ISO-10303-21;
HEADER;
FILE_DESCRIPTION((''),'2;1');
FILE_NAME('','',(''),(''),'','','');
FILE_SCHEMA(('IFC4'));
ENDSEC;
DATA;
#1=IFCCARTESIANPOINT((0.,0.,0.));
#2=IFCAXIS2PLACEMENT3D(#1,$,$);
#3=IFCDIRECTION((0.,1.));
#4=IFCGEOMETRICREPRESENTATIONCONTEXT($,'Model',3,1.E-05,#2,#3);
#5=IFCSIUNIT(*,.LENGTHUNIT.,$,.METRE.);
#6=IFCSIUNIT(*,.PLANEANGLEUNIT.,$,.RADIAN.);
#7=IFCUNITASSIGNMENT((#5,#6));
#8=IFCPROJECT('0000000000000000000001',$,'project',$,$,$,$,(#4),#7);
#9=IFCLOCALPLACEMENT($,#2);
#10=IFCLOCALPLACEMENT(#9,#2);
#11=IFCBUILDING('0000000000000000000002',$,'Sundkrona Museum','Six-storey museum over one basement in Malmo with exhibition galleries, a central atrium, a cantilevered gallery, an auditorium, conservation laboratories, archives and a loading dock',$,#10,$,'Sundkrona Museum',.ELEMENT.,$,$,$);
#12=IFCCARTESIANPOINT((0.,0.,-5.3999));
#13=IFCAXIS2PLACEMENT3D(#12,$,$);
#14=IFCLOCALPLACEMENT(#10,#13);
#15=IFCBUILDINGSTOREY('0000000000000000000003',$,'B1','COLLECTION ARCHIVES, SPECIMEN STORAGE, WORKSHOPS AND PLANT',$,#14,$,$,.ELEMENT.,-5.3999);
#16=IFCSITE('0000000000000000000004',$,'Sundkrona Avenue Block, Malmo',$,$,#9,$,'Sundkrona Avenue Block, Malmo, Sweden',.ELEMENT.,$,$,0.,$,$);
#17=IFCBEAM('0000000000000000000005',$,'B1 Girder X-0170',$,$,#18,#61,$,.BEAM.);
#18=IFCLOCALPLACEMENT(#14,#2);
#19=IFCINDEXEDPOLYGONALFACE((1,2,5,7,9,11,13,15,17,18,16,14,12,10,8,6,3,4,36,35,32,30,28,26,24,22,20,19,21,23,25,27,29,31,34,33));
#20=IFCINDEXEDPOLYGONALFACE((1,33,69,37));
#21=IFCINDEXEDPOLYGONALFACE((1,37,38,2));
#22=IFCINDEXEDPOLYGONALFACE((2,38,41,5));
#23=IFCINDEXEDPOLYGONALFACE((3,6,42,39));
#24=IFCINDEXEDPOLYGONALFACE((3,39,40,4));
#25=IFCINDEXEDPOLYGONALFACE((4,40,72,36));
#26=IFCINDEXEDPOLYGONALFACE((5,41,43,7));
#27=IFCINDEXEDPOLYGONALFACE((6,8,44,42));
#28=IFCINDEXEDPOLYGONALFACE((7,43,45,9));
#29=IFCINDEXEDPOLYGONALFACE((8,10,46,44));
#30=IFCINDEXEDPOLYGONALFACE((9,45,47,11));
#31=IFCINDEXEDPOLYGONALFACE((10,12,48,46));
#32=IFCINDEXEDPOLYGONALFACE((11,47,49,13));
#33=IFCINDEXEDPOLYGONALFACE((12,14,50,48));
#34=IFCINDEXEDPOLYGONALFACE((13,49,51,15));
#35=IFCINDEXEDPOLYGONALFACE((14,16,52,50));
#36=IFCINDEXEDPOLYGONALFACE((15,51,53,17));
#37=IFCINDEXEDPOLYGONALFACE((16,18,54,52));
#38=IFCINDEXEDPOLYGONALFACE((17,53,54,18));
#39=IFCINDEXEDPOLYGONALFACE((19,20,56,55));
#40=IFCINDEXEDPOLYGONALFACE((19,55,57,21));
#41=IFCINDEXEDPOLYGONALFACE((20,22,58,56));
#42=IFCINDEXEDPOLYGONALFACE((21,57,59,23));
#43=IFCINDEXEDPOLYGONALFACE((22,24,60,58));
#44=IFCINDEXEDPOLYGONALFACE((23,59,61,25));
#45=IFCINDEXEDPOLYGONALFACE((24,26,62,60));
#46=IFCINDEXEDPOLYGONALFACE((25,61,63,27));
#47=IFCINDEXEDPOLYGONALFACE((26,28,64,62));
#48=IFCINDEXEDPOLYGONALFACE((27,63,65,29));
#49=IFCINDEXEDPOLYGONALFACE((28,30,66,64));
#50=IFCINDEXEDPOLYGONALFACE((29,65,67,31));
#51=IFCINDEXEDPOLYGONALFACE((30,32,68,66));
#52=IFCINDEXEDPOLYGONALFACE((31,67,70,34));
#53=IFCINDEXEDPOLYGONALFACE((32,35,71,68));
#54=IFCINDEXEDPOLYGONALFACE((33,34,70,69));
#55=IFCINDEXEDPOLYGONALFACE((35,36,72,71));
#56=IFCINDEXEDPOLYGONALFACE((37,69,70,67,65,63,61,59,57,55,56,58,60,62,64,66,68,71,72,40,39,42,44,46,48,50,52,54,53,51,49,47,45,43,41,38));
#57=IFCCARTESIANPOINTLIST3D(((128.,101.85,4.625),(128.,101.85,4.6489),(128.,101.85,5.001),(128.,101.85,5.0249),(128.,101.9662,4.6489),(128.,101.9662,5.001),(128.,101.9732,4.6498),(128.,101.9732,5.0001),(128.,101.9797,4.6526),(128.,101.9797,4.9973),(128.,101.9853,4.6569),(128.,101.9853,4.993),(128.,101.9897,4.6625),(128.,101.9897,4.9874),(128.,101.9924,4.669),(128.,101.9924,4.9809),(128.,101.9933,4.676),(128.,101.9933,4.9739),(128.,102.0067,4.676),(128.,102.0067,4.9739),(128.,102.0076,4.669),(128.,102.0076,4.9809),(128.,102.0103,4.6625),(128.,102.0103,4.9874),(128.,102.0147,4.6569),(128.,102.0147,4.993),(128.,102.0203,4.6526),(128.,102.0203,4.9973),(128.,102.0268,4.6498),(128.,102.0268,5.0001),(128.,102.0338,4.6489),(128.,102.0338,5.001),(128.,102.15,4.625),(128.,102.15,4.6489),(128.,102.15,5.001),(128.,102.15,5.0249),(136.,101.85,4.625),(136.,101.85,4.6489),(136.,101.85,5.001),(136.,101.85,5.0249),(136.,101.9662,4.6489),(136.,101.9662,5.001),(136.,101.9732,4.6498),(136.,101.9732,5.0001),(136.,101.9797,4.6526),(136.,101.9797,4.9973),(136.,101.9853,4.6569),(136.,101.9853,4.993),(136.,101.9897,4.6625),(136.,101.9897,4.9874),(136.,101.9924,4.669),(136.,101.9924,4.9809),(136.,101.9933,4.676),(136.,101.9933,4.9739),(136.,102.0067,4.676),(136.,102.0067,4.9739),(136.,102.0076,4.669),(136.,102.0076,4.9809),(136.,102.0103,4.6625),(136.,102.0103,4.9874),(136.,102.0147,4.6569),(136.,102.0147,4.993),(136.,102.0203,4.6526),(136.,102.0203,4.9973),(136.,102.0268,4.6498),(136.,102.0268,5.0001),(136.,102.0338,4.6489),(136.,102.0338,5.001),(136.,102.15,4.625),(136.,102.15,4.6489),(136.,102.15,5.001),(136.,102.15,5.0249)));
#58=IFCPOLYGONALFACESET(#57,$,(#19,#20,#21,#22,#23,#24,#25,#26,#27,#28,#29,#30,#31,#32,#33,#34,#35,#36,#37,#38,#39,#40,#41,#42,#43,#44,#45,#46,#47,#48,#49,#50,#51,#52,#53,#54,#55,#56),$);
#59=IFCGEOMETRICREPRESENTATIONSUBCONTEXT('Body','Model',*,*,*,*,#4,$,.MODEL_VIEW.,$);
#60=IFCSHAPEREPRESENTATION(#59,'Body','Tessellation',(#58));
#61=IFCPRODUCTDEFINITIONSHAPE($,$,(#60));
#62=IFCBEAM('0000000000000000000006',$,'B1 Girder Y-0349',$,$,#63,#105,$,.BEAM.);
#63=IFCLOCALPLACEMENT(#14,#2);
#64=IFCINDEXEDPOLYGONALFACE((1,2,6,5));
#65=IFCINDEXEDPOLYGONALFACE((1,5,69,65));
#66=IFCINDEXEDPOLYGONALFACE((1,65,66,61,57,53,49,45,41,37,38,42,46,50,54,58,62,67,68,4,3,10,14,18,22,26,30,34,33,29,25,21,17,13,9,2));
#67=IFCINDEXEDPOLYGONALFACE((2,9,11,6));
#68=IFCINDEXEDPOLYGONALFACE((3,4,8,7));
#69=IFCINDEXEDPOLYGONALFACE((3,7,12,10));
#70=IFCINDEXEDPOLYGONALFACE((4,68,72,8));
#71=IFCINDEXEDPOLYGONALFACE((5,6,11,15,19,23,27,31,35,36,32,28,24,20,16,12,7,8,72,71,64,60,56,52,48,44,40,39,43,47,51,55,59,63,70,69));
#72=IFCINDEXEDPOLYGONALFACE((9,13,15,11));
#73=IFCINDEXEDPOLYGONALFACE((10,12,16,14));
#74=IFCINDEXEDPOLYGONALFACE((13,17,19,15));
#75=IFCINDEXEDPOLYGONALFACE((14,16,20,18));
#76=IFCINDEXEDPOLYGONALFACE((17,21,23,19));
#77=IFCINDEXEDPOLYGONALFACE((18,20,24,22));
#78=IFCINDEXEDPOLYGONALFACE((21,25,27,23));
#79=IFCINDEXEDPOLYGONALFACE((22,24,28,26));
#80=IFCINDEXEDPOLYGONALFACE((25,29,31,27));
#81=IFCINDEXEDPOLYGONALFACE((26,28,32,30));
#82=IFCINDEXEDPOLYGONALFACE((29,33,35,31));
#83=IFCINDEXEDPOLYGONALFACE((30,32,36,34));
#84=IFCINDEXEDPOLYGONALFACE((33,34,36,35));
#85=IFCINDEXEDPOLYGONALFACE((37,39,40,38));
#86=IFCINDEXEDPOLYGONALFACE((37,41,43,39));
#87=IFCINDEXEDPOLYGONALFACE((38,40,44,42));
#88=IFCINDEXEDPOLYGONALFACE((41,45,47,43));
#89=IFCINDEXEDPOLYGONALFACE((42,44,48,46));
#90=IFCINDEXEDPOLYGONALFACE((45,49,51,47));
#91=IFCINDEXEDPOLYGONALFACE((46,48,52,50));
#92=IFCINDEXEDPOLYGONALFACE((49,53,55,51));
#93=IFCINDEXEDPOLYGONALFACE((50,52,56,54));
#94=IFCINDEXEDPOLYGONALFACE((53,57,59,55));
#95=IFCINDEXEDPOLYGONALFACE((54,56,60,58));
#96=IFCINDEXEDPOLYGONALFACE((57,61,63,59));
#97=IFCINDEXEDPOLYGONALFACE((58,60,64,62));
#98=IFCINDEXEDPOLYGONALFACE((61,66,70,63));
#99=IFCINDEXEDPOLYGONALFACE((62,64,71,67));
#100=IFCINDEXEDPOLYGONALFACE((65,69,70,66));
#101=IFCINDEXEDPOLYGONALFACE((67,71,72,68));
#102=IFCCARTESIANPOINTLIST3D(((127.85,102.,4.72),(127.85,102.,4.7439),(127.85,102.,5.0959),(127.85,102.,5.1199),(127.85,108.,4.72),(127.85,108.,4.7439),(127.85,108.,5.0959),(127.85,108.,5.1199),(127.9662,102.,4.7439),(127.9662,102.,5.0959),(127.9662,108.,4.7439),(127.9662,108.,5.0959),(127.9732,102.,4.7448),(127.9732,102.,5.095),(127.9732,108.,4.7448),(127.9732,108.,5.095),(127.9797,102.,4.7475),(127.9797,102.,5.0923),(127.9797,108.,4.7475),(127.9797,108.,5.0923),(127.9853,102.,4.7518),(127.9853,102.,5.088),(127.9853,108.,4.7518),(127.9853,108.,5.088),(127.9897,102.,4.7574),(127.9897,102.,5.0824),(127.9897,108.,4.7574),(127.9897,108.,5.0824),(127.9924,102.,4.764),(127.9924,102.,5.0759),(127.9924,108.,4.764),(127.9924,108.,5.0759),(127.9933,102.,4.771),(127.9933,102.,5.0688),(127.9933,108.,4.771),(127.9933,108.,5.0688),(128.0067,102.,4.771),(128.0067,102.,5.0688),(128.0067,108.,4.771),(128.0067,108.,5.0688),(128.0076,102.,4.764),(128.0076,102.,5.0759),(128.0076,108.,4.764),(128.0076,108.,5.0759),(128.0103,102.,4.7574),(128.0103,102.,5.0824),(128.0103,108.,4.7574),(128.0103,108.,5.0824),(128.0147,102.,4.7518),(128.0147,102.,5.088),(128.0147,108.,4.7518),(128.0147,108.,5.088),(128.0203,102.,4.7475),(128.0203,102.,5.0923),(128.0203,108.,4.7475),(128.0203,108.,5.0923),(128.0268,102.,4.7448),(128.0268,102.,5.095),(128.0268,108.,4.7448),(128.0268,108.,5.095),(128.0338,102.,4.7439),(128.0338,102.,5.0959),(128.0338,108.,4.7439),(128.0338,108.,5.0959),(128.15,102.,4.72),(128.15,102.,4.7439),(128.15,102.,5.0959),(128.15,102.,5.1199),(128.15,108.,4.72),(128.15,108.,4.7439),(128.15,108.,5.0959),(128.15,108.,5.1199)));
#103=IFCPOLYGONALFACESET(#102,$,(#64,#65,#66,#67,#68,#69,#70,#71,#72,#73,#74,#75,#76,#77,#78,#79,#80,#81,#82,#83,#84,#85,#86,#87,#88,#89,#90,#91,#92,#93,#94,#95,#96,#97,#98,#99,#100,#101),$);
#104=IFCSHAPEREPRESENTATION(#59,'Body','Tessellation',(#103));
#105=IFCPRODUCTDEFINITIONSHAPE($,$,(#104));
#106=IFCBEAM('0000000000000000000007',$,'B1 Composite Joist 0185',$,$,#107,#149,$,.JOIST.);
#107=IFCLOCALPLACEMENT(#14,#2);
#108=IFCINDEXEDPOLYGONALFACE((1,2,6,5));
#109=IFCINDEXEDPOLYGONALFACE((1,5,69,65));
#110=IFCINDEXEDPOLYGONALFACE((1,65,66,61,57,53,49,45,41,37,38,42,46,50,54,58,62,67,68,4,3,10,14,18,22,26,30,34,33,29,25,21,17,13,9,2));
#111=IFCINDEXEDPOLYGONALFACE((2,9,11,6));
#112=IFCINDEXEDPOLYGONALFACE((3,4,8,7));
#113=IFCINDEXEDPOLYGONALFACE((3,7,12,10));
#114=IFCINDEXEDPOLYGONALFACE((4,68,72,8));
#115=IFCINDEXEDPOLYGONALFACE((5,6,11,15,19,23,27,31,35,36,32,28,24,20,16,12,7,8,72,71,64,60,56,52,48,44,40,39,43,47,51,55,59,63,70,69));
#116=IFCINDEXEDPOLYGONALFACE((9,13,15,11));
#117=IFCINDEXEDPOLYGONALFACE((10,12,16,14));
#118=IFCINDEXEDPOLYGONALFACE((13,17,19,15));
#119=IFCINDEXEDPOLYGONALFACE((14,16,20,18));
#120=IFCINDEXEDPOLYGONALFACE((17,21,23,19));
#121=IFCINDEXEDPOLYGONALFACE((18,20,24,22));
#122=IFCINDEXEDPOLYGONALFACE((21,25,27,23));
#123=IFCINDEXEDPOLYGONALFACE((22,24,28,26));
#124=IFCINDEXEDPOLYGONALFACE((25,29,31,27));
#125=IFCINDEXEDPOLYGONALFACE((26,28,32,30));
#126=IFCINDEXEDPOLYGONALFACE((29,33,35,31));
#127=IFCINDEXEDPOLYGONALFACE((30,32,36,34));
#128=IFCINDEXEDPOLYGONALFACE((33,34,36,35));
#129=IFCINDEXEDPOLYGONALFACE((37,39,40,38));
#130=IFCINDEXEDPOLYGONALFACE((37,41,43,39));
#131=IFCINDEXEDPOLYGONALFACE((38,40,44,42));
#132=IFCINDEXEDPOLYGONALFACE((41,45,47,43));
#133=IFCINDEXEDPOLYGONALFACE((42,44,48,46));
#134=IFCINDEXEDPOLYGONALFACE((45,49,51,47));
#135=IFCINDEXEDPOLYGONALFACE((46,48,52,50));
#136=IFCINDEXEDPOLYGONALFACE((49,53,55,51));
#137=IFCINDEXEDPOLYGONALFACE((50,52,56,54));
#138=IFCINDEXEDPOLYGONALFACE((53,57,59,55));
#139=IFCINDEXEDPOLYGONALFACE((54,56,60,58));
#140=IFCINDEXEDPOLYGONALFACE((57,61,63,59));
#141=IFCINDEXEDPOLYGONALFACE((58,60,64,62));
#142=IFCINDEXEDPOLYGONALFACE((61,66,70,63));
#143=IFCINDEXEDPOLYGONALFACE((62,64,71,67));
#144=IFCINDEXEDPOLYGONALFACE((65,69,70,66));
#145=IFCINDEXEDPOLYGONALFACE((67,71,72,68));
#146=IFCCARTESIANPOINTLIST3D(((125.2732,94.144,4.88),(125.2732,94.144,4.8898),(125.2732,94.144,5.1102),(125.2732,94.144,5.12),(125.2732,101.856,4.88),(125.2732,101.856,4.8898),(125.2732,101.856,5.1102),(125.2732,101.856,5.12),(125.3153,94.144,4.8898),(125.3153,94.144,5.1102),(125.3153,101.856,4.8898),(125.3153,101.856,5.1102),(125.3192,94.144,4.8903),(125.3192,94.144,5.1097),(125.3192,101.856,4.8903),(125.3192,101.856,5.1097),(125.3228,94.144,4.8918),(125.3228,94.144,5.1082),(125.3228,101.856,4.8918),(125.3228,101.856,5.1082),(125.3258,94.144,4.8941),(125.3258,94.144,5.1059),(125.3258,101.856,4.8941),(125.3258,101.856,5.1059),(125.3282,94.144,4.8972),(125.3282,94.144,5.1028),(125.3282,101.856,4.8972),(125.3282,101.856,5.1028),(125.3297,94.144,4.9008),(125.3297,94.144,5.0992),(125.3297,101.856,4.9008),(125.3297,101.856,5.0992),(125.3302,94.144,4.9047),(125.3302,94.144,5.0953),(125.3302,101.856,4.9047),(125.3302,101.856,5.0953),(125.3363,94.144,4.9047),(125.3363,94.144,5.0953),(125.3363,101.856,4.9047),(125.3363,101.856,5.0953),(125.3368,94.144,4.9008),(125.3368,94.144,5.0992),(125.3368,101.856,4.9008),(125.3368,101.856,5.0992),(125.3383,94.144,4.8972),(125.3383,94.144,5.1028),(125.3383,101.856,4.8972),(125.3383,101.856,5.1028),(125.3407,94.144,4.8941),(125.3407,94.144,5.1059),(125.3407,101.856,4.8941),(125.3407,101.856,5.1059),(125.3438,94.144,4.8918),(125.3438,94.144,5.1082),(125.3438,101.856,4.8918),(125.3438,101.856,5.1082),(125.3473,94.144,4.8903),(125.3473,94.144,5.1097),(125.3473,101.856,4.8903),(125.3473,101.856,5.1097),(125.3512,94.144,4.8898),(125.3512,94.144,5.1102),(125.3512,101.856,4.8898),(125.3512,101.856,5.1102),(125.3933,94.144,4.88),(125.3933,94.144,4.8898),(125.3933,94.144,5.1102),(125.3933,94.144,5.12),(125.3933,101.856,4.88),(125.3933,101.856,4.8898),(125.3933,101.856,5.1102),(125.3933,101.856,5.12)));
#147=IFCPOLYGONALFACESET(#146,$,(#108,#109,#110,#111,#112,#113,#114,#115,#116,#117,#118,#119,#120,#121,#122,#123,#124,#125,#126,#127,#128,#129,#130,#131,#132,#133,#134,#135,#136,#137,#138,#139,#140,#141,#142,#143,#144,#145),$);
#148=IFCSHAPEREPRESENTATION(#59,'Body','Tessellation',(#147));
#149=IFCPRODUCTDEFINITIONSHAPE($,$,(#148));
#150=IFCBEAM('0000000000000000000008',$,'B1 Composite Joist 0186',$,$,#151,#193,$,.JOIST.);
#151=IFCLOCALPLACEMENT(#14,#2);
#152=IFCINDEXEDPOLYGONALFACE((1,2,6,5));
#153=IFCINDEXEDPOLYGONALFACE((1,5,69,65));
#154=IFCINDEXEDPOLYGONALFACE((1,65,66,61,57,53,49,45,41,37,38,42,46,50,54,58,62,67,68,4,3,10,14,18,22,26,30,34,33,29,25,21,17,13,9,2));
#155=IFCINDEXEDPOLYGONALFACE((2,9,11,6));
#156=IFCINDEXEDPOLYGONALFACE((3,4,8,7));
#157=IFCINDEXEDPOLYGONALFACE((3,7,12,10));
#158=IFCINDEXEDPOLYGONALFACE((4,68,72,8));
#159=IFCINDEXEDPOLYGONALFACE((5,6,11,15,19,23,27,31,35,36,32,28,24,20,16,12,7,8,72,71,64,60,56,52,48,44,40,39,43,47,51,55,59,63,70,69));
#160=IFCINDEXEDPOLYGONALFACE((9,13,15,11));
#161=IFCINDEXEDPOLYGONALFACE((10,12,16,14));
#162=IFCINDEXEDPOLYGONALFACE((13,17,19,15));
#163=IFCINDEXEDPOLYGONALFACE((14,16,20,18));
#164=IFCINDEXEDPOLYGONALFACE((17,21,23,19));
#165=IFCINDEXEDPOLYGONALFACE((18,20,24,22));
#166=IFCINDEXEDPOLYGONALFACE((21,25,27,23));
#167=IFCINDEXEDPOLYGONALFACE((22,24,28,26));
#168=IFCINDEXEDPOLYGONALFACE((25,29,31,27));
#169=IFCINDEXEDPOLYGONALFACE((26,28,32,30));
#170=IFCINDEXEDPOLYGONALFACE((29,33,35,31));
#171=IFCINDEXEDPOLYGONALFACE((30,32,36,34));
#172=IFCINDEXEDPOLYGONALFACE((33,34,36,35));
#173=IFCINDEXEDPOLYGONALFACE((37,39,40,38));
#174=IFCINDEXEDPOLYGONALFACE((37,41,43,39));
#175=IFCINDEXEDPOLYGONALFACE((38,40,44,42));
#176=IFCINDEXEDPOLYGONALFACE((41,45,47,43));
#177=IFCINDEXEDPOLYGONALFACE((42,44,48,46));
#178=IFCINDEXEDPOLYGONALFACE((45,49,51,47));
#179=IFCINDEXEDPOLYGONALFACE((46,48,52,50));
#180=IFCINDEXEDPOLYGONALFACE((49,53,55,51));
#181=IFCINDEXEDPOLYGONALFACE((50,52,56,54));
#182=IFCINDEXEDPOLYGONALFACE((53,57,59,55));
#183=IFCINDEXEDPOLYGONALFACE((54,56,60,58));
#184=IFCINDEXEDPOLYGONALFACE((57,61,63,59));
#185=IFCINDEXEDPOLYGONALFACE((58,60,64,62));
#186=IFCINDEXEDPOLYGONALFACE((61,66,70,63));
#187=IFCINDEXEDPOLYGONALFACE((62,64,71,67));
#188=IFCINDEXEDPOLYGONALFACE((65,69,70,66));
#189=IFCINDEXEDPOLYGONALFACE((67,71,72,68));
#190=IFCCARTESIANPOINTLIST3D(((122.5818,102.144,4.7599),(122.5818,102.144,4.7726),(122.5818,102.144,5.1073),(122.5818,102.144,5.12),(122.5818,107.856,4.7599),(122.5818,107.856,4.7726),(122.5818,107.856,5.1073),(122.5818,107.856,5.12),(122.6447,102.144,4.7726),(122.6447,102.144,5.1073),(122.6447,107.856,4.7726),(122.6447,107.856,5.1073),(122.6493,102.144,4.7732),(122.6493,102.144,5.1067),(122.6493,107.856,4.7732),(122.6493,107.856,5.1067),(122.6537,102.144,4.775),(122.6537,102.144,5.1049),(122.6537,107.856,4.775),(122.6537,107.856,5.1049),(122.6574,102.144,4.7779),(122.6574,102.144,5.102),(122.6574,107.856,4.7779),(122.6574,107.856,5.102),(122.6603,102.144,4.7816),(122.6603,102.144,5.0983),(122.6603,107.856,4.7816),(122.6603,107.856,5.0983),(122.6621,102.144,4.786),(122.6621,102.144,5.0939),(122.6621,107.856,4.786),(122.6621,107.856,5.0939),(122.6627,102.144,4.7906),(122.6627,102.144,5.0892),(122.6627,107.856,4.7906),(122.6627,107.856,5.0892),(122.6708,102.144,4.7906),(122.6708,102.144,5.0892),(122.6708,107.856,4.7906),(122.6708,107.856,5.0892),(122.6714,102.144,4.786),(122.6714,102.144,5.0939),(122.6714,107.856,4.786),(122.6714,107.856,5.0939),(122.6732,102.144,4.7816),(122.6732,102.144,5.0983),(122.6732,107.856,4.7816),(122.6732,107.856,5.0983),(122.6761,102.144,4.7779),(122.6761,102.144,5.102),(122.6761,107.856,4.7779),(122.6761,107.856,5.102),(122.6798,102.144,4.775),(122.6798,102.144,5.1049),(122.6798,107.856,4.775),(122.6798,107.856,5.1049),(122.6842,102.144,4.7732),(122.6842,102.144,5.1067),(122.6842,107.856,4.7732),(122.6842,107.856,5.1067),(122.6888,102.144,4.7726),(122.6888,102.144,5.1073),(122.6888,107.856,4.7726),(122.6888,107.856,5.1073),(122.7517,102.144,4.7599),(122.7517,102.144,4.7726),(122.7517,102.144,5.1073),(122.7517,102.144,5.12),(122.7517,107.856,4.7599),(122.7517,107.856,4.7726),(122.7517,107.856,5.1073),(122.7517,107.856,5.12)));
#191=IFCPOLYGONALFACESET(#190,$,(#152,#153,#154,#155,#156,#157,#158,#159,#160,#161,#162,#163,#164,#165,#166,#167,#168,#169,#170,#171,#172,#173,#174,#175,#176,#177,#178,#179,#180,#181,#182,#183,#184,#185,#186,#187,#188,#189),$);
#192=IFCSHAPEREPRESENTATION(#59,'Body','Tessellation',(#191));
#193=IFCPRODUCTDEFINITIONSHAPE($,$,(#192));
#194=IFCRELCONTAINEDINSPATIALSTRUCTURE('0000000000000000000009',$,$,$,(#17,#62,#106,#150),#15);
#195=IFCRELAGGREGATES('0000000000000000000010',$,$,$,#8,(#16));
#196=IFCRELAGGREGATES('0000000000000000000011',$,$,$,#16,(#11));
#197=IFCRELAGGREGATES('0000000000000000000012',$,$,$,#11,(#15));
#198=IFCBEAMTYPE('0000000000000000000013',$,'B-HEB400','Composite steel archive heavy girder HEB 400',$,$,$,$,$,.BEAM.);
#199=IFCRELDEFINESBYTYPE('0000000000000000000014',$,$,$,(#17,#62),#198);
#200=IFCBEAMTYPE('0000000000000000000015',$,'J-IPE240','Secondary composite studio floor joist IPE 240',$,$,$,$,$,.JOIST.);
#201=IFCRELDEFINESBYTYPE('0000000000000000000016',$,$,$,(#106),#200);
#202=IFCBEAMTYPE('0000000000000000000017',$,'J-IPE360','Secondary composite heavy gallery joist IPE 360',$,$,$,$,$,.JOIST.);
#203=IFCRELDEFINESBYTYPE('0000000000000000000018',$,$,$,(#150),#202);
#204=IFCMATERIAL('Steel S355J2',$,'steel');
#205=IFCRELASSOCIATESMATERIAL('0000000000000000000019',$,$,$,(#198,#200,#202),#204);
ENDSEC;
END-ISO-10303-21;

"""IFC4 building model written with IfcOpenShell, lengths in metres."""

from ifc_helpers import new_model, si_unit, direction, frame, origin, origin_2d, place, context, subcontext, project, spatial, i_section, extrude, material, material_profile, profile_set, type_object, element, save


model = new_model("IFC4")

# Units and contexts
model_context = context("Model", 3, precision=1e-05, world=origin(), true_north=direction((0.0, 1.0)))
body_context = subcontext(model_context, "Body", "Model", "MODEL_VIEW")
ifc_project = project(units=[si_unit("LENGTHUNIT", "METRE"), si_unit("PLANEANGLEUNIT", "RADIAN")], contexts=[model_context])

# Site, building, storey
site_placement = place(None, origin())
site = spatial("IfcSite", under=ifc_project, at=site_placement, Name="Sundkrona Avenue Block, Malmo", LongName="Sundkrona Avenue Block, Malmo, Sweden", CompositionType="ELEMENT", RefElevation=0.0)
building_placement = place(site_placement, origin())
building = spatial("IfcBuilding", under=site, at=building_placement, Name="Sundkrona Museum", Description="Six-storey museum over one basement in Malmo with exhibition galleries, a central atrium, a cantilevered gallery, an auditorium, conservation laboratories, archives and a loading dock", LongName="Sundkrona Museum", CompositionType="ELEMENT")
storey_placement = place(building_placement, frame((0.0, 0.0, -5.3999)))
storey = spatial("IfcBuildingStorey", under=building, at=storey_placement, Name="B1", Description="COLLECTION ARCHIVES, SPECIMEN STORAGE, WORKSHOPS AND PLANT", CompositionType="ELEMENT", Elevation=-5.3999)

# Beams
ifc_material_1 = material(Name="Steel S355J2", Category="steel")
ifc_material_profile_1 = material_profile(ifc_material_1, i_section(OverallWidth=0.3, OverallDepth=0.3999, WebThickness=0.0134, FlangeThickness=0.0239, FilletRadius=0.0271, at=origin_2d()), Name="HEB 400")
ifc_profile_set_1 = profile_set([ifc_material_profile_1], Name="Steel S355J2")
beam_type_1 = type_object("IfcBeamType", Name="B-HEB400", Description="Composite steel archive heavy girder HEB 400", PredefinedType="BEAM", material=ifc_profile_set_1)
beam_1_placement = place(storey_placement, frame((128.0, 102.0, 4.825), z_axis=(1.0, 0.0, 0.0), x_axis=(0.0, 1.0, 0.0)))
element("IfcBeam", 1, at=beam_1_placement, inside=storey, type_object=beam_type_1, Name="B1 Girder X-0170", PredefinedType="BEAM", context=body_context, shape_type="SweptSolid", body=[
    extrude(i_section(OverallWidth=0.3, OverallDepth=0.3999, WebThickness=0.0134, FlangeThickness=0.0239, FilletRadius=0.0271, at=origin_2d()), origin(), (0.0, 0.0, 1.0), 8.0),
])
beam_2_placement = place(storey_placement, frame((128.0, 102.0, 4.9199), z_axis=(0.0, 1.0, 0.0), x_axis=(-1.0, 0.0, 0.0)))
element("IfcBeam", 2, at=beam_2_placement, inside=storey, type_object=beam_type_1, Name="B1 Girder Y-0349", PredefinedType="BEAM", context=body_context, shape_type="SweptSolid", body=[
    extrude(i_section(OverallWidth=0.3, OverallDepth=0.3999, WebThickness=0.0134, FlangeThickness=0.0239, FilletRadius=0.0271, at=origin_2d()), origin(), (0.0, 0.0, 1.0), 6.0),
])
ifc_material_profile_2 = material_profile(ifc_material_1, i_section(OverallWidth=0.1201, OverallDepth=0.24, WebThickness=0.0061, FlangeThickness=0.0098, FilletRadius=0.0149, at=origin_2d()), Name="IPE 240")
ifc_profile_set_2 = profile_set([ifc_material_profile_2], Name="Steel S355J2")
beam_type_2 = type_object("IfcBeamType", Name="J-IPE240", Description="Secondary composite studio floor joist IPE 240", PredefinedType="JOIST", material=ifc_profile_set_2)
beam_3_placement = place(storey_placement, frame((125.3333, 94.144, 5.0), z_axis=(0.0, 1.0, 0.0), x_axis=(-1.0, 0.0, 0.0)))
element("IfcBeam", 3, at=beam_3_placement, inside=storey, type_object=beam_type_2, Name="B1 Composite Joist 0185", PredefinedType="JOIST", context=body_context, shape_type="SweptSolid", body=[
    extrude(i_section(OverallWidth=0.1201, OverallDepth=0.24, WebThickness=0.0061, FlangeThickness=0.0098, FilletRadius=0.0149, at=origin_2d()), origin(), (0.0, 0.0, 1.0), 7.7119),
])
ifc_material_profile_3 = material_profile(ifc_material_1, i_section(OverallWidth=0.1699, OverallDepth=0.3601, WebThickness=0.0081, FlangeThickness=0.0127, FilletRadius=0.0181, at=origin_2d()), Name="IPE 360")
ifc_profile_set_3 = profile_set([ifc_material_profile_3], Name="Steel S355J2")
beam_type_3 = type_object("IfcBeamType", Name="J-IPE360", Description="Secondary composite heavy gallery joist IPE 360", PredefinedType="JOIST", material=ifc_profile_set_3)
for number, where, z_axis, x_axis, name in (
    (4, (122.6667, 102.144, 4.9399), (0.0, 1.0, 0.0), (-1.0, 0.0, 0.0), "B1 Composite Joist 0186"),
):
    element("IfcBeam", number, at=place(storey_placement, frame(where, z_axis=z_axis, x_axis=x_axis)), inside=storey, type_object=beam_type_3, Name=name, PredefinedType="JOIST", context=body_context, shape_type="SweptSolid", body=[
        extrude(i_section(OverallWidth=0.1699, OverallDepth=0.3601, WebThickness=0.0081, FlangeThickness=0.0127, FilletRadius=0.0181, at=origin_2d()), origin(), (0.0, 0.0, 1.0), 5.7119),
    ])

save(model, "model.ifc")
